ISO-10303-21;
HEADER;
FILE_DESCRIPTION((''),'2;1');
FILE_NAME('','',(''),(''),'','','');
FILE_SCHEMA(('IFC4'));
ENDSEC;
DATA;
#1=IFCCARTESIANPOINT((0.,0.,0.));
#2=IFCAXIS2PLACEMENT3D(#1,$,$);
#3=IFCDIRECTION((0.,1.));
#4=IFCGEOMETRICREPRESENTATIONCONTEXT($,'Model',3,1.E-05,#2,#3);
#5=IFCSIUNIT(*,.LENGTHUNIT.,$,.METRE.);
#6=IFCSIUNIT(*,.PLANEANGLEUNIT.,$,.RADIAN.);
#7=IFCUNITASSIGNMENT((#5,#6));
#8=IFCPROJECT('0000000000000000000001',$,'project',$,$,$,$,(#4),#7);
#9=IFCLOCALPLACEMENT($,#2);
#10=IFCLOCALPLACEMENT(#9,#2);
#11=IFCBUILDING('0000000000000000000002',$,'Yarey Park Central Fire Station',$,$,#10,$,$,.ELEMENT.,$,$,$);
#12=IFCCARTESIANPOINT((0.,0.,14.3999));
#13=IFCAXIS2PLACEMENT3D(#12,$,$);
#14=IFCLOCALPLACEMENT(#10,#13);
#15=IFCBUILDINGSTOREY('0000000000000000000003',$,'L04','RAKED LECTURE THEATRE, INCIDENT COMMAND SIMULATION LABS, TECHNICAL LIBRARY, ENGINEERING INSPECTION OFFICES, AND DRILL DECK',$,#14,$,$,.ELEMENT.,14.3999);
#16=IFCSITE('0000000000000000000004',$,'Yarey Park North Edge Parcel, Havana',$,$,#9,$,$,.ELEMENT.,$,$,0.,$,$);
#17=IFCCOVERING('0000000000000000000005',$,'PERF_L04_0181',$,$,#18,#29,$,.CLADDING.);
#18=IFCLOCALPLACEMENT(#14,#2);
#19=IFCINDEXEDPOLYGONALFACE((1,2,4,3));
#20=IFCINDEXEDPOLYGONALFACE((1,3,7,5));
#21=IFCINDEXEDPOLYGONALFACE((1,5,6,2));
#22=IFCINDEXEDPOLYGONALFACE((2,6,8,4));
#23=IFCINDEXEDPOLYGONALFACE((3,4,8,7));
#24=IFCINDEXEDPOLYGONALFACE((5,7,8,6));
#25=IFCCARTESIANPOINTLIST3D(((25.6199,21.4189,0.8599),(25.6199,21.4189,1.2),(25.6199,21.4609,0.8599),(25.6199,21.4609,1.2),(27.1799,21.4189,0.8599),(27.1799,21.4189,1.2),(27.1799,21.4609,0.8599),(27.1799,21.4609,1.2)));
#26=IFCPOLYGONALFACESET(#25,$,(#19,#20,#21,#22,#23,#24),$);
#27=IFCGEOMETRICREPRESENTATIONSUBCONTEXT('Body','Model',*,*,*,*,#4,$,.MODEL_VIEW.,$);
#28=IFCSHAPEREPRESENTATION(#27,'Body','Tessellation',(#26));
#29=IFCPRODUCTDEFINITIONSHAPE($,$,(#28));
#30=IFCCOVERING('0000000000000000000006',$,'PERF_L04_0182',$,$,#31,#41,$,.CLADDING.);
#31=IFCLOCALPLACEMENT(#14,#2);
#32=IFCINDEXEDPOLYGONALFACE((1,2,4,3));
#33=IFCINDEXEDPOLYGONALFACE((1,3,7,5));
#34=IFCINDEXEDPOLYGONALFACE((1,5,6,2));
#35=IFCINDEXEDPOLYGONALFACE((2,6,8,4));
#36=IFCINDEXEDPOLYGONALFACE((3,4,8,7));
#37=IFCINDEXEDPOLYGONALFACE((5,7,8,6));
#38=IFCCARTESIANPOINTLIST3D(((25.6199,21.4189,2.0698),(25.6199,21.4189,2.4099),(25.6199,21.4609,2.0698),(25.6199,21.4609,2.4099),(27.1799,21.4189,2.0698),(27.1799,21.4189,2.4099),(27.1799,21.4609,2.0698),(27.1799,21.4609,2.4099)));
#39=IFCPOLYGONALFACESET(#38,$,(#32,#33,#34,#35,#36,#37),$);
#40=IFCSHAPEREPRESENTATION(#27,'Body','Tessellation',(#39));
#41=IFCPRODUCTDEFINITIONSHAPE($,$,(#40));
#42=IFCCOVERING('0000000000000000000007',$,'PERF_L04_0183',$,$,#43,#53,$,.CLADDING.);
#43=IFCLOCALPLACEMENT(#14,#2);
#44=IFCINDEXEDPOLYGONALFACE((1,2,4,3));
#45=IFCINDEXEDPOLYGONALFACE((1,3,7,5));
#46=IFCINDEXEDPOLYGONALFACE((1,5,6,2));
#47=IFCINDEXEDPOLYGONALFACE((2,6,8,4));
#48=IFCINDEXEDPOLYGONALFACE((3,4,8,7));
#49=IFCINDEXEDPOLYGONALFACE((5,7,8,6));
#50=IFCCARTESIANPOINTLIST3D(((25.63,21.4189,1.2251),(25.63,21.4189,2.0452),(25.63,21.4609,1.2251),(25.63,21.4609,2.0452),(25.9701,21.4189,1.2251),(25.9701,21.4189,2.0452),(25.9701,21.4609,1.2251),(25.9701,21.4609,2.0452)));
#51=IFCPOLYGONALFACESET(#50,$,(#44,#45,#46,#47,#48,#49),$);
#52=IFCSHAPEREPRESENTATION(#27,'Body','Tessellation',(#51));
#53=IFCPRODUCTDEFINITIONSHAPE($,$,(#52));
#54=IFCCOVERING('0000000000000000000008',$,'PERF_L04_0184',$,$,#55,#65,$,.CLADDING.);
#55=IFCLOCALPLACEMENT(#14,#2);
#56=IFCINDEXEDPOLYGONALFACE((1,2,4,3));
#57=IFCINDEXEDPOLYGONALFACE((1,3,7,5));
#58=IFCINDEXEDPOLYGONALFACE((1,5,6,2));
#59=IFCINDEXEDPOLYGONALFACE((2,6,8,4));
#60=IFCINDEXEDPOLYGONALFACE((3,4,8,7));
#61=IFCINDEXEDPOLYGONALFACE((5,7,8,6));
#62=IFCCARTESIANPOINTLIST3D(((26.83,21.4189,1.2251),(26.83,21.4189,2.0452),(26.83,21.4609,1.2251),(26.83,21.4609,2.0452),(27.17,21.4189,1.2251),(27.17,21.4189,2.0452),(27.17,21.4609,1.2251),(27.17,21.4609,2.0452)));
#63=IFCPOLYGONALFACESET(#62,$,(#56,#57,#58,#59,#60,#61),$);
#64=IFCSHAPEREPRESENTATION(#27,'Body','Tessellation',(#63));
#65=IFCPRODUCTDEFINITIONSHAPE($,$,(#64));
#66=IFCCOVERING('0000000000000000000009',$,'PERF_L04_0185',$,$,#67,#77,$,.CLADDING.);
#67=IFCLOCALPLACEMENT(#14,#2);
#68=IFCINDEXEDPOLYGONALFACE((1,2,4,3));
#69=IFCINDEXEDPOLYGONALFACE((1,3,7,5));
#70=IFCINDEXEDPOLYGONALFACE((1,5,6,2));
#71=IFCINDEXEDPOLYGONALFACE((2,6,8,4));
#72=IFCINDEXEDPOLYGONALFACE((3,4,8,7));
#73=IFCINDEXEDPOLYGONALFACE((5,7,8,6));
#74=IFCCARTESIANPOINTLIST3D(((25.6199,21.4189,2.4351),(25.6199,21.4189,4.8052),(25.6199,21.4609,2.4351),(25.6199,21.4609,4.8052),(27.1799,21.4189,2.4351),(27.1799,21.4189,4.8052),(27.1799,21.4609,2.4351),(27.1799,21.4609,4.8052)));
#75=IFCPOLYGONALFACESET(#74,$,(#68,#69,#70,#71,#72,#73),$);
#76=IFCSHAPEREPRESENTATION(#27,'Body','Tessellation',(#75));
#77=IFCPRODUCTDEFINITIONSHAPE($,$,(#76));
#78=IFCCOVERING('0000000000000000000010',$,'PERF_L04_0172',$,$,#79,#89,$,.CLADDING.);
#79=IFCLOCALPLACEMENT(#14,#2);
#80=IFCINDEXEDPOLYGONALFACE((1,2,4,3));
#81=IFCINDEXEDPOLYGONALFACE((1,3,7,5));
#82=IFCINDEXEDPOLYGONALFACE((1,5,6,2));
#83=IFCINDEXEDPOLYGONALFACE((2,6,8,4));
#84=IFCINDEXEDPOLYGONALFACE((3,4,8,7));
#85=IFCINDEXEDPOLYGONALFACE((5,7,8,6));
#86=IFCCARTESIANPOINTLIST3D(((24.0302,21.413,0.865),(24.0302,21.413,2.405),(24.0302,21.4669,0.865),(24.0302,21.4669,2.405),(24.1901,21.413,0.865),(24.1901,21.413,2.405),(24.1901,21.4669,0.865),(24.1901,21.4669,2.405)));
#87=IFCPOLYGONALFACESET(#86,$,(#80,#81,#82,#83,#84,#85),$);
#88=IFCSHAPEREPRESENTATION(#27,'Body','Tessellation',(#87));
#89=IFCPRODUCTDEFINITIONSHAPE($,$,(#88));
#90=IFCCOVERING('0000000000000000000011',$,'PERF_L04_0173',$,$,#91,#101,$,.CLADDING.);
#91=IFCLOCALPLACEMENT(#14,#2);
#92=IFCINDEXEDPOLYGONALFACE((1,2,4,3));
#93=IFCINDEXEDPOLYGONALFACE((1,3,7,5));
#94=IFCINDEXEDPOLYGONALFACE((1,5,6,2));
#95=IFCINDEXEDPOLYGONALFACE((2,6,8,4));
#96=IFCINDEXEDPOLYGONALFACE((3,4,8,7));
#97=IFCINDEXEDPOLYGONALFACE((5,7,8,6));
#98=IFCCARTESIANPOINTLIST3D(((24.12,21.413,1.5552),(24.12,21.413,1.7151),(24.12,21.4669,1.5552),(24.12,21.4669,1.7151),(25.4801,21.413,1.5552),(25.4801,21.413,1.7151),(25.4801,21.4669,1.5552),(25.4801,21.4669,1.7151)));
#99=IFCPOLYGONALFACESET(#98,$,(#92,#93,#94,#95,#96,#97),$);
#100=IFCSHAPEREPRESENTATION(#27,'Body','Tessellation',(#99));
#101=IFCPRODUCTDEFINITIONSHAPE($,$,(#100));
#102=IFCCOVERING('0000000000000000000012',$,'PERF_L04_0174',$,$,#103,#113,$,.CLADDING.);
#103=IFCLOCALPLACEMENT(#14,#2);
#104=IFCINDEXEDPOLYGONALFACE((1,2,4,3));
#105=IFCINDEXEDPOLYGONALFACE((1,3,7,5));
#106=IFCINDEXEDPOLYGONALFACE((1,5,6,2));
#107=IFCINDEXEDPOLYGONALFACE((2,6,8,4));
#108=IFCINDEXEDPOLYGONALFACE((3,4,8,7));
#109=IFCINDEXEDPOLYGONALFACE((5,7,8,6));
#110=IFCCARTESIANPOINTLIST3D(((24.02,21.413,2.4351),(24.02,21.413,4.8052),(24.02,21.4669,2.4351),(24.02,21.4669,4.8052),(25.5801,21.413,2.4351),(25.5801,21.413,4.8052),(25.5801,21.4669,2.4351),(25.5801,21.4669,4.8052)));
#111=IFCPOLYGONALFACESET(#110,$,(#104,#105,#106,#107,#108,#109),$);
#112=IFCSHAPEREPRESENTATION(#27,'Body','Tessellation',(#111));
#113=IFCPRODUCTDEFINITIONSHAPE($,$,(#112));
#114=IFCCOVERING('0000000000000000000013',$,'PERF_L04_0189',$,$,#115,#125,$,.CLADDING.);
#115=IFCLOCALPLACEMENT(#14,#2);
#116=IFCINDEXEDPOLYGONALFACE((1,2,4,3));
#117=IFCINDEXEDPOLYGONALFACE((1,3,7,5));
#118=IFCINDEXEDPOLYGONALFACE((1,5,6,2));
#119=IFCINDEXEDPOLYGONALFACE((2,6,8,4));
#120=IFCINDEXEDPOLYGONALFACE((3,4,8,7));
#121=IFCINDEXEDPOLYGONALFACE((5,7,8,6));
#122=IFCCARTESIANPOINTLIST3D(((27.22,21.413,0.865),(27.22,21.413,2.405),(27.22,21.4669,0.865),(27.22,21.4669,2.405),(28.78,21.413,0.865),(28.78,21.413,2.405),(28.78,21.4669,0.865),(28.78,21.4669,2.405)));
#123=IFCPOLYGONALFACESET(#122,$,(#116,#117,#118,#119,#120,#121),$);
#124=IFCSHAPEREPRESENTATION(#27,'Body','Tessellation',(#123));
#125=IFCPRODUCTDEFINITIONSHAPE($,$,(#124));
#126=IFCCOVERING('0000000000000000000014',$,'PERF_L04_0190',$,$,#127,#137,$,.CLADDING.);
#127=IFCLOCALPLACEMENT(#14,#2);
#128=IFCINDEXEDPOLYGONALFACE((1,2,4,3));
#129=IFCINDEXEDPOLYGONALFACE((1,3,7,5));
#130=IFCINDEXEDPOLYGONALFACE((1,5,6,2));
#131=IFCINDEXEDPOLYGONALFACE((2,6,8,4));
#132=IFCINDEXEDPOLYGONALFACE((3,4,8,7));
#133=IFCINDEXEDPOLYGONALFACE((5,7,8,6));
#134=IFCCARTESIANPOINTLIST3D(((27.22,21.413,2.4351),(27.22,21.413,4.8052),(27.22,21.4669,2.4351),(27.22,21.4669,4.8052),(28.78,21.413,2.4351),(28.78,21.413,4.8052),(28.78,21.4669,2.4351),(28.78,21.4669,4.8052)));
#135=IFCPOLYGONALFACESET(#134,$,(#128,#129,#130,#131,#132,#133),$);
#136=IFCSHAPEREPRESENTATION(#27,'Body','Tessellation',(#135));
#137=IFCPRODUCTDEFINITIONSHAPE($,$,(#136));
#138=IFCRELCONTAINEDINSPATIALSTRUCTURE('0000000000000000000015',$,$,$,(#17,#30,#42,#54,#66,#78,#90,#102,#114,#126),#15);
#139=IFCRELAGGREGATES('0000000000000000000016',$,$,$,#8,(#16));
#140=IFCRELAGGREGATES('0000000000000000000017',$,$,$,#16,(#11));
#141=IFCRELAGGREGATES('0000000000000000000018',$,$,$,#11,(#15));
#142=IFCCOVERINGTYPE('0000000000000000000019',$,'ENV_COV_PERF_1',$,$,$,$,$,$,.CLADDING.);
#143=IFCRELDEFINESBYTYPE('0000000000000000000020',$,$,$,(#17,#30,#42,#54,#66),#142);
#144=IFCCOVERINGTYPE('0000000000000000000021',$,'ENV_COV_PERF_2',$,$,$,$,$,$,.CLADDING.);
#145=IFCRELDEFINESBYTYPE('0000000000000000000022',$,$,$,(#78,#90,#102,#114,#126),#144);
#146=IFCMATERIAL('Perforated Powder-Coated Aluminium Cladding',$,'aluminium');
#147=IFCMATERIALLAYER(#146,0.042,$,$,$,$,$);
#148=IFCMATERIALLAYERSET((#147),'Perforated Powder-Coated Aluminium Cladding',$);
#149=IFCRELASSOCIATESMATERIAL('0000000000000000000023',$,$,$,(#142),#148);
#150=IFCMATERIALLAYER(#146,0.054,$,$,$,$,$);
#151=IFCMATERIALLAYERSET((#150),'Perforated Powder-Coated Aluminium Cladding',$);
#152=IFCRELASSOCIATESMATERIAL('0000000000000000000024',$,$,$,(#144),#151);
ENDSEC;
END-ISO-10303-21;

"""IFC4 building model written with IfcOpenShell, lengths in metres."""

from ifc_helpers import new_model, si_unit, direction, frame, origin, origin_2d, place, context, subcontext, project, spatial, rectangle, extrude, material, layer, layer_set, type_object, element, save


model = new_model("IFC4")

# Units and contexts
model_context = context("Model", 3, precision=1e-05, world=origin(), true_north=direction((0.0, 1.0)))
body_context = subcontext(model_context, "Body", "Model", "MODEL_VIEW")
ifc_project = project(units=[si_unit("LENGTHUNIT", "METRE"), si_unit("PLANEANGLEUNIT", "RADIAN")], contexts=[model_context])

# Site, building, storey
site_placement = place(None, origin())
site = spatial("IfcSite", under=ifc_project, at=site_placement, Name="Yarey Park North Edge Parcel, Havana", CompositionType="ELEMENT", RefElevation=0.0)
building_placement = place(site_placement, origin())
building = spatial("IfcBuilding", under=site, at=building_placement, Name="Yarey Park Central Fire Station", CompositionType="ELEMENT")
storey_placement = place(building_placement, frame((0.0, 0.0, 14.3999)))
storey = spatial("IfcBuildingStorey", under=building, at=storey_placement, Name="L04", Description="RAKED LECTURE THEATRE, INCIDENT COMMAND SIMULATION LABS, TECHNICAL LIBRARY, ENGINEERING INSPECTION OFFICES, AND DRILL DECK", CompositionType="ELEMENT", Elevation=14.3999)

# Coverings
ifc_material_1 = material(Name="Perforated Powder-Coated Aluminium Cladding", Category="aluminium")
ifc_layer_1 = layer(ifc_material_1, 0.042)
ifc_layer_set_1 = layer_set([ifc_layer_1], Name="Perforated Powder-Coated Aluminium Cladding")
covering_type_1 = type_object("IfcCoveringType", Name="ENV_COV_PERF_1", PredefinedType="CLADDING", material=ifc_layer_set_1)
for number, where, z_axis, x_axis, name in (
    (1, (26.3999, 21.4399, 0.8599), (0.0, 0.0, 1.0), (1.0, 0.0, 0.0), "PERF_L04_0181"),
    (2, (26.3999, 21.4399, 2.0698), (0.0, 0.0, 1.0), (1.0, 0.0, 0.0), "PERF_L04_0182"),
):
    element("IfcCovering", number, at=place(storey_placement, frame(where, z_axis=z_axis, x_axis=x_axis)), inside=storey, type_object=covering_type_1, Name=name, PredefinedType="CLADDING", context=body_context, shape_type="SweptSolid", body=[
        extrude(rectangle(XDim=1.5601, YDim=0.042, at=origin_2d()), origin(), (0.0, 0.0, 1.0), 0.3401),
    ])
for number, where, z_axis, x_axis, name in (
    (3, (25.8, 21.4399, 1.2251), (0.0, 0.0, 1.0), (1.0, 0.0, 0.0), "PERF_L04_0183"),
    (4, (27.0, 21.4399, 1.2251), (0.0, 0.0, 1.0), (1.0, 0.0, 0.0), "PERF_L04_0184"),
):
    element("IfcCovering", number, at=place(storey_placement, frame(where, z_axis=z_axis, x_axis=x_axis)), inside=storey, type_object=covering_type_1, Name=name, PredefinedType="CLADDING", context=body_context, shape_type="SweptSolid", body=[
        extrude(rectangle(XDim=0.3401, YDim=0.042, at=origin_2d()), origin(), (0.0, 0.0, 1.0), 0.8201),
    ])
covering_1_placement = place(storey_placement, frame((26.3999, 21.4399, 2.4351), z_axis=(0.0, 0.0, 1.0), x_axis=(1.0, 0.0, 0.0)))
element("IfcCovering", 5, at=covering_1_placement, inside=storey, type_object=covering_type_1, Name="PERF_L04_0185", PredefinedType="CLADDING", context=body_context, shape_type="SweptSolid", body=[
    extrude(rectangle(XDim=1.5601, YDim=0.042, at=origin_2d()), origin(), (0.0, 0.0, 1.0), 2.3701),
])
ifc_layer_2 = layer(ifc_material_1, 0.054)
ifc_layer_set_2 = layer_set([ifc_layer_2], Name="Perforated Powder-Coated Aluminium Cladding")
covering_type_2 = type_object("IfcCoveringType", Name="ENV_COV_PERF_2", PredefinedType="CLADDING", material=ifc_layer_set_2)
covering_2_placement = place(storey_placement, frame((24.1101, 21.4399, 0.865), z_axis=(0.0, 0.0, 1.0), x_axis=(1.0, 0.0, 0.0)))
element("IfcCovering", 6, at=covering_2_placement, inside=storey, type_object=covering_type_2, Name="PERF_L04_0172", PredefinedType="CLADDING", context=body_context, shape_type="SweptSolid", body=[
    extrude(rectangle(XDim=0.1599, YDim=0.054, at=origin_2d()), origin(), (0.0, 0.0, 1.0), 1.54),
])
covering_3_placement = place(storey_placement, frame((24.8, 21.4399, 1.5552), z_axis=(0.0, 0.0, 1.0), x_axis=(1.0, 0.0, 0.0)))
element("IfcCovering", 7, at=covering_3_placement, inside=storey, type_object=covering_type_2, Name="PERF_L04_0173", PredefinedType="CLADDING", context=body_context, shape_type="SweptSolid", body=[
    extrude(rectangle(XDim=1.3601, YDim=0.054, at=origin_2d()), origin(), (0.0, 0.0, 1.0), 0.1599),
])
covering_4_placement = place(storey_placement, frame((24.8, 21.4399, 2.4351), z_axis=(0.0, 0.0, 1.0), x_axis=(1.0, 0.0, 0.0)))
element("IfcCovering", 8, at=covering_4_placement, inside=storey, type_object=covering_type_2, Name="PERF_L04_0174", PredefinedType="CLADDING", context=body_context, shape_type="SweptSolid", body=[
    extrude(rectangle(XDim=1.5601, YDim=0.054, at=origin_2d()), origin(), (0.0, 0.0, 1.0), 2.3701),
])
covering_5_placement = place(storey_placement, frame((28.0, 21.4399, 0.865), z_axis=(0.0, 0.0, 1.0), x_axis=(1.0, 0.0, 0.0)))
element("IfcCovering", 9, at=covering_5_placement, inside=storey, type_object=covering_type_2, Name="PERF_L04_0189", PredefinedType="CLADDING", context=body_context, shape_type="SweptSolid", body=[
    extrude(rectangle(XDim=1.5601, YDim=0.054, at=origin_2d()), origin(), (0.0, 0.0, 1.0), 1.54),
])
covering_6_placement = place(storey_placement, frame((28.0, 21.4399, 2.4351), z_axis=(0.0, 0.0, 1.0), x_axis=(1.0, 0.0, 0.0)))
element("IfcCovering", 10, at=covering_6_placement, inside=storey, type_object=covering_type_2, Name="PERF_L04_0190", PredefinedType="CLADDING", context=body_context, shape_type="SweptSolid", body=[
    extrude(rectangle(XDim=1.5601, YDim=0.054, at=origin_2d()), origin(), (0.0, 0.0, 1.0), 2.3701),
])

save(model, "model.ifc")
